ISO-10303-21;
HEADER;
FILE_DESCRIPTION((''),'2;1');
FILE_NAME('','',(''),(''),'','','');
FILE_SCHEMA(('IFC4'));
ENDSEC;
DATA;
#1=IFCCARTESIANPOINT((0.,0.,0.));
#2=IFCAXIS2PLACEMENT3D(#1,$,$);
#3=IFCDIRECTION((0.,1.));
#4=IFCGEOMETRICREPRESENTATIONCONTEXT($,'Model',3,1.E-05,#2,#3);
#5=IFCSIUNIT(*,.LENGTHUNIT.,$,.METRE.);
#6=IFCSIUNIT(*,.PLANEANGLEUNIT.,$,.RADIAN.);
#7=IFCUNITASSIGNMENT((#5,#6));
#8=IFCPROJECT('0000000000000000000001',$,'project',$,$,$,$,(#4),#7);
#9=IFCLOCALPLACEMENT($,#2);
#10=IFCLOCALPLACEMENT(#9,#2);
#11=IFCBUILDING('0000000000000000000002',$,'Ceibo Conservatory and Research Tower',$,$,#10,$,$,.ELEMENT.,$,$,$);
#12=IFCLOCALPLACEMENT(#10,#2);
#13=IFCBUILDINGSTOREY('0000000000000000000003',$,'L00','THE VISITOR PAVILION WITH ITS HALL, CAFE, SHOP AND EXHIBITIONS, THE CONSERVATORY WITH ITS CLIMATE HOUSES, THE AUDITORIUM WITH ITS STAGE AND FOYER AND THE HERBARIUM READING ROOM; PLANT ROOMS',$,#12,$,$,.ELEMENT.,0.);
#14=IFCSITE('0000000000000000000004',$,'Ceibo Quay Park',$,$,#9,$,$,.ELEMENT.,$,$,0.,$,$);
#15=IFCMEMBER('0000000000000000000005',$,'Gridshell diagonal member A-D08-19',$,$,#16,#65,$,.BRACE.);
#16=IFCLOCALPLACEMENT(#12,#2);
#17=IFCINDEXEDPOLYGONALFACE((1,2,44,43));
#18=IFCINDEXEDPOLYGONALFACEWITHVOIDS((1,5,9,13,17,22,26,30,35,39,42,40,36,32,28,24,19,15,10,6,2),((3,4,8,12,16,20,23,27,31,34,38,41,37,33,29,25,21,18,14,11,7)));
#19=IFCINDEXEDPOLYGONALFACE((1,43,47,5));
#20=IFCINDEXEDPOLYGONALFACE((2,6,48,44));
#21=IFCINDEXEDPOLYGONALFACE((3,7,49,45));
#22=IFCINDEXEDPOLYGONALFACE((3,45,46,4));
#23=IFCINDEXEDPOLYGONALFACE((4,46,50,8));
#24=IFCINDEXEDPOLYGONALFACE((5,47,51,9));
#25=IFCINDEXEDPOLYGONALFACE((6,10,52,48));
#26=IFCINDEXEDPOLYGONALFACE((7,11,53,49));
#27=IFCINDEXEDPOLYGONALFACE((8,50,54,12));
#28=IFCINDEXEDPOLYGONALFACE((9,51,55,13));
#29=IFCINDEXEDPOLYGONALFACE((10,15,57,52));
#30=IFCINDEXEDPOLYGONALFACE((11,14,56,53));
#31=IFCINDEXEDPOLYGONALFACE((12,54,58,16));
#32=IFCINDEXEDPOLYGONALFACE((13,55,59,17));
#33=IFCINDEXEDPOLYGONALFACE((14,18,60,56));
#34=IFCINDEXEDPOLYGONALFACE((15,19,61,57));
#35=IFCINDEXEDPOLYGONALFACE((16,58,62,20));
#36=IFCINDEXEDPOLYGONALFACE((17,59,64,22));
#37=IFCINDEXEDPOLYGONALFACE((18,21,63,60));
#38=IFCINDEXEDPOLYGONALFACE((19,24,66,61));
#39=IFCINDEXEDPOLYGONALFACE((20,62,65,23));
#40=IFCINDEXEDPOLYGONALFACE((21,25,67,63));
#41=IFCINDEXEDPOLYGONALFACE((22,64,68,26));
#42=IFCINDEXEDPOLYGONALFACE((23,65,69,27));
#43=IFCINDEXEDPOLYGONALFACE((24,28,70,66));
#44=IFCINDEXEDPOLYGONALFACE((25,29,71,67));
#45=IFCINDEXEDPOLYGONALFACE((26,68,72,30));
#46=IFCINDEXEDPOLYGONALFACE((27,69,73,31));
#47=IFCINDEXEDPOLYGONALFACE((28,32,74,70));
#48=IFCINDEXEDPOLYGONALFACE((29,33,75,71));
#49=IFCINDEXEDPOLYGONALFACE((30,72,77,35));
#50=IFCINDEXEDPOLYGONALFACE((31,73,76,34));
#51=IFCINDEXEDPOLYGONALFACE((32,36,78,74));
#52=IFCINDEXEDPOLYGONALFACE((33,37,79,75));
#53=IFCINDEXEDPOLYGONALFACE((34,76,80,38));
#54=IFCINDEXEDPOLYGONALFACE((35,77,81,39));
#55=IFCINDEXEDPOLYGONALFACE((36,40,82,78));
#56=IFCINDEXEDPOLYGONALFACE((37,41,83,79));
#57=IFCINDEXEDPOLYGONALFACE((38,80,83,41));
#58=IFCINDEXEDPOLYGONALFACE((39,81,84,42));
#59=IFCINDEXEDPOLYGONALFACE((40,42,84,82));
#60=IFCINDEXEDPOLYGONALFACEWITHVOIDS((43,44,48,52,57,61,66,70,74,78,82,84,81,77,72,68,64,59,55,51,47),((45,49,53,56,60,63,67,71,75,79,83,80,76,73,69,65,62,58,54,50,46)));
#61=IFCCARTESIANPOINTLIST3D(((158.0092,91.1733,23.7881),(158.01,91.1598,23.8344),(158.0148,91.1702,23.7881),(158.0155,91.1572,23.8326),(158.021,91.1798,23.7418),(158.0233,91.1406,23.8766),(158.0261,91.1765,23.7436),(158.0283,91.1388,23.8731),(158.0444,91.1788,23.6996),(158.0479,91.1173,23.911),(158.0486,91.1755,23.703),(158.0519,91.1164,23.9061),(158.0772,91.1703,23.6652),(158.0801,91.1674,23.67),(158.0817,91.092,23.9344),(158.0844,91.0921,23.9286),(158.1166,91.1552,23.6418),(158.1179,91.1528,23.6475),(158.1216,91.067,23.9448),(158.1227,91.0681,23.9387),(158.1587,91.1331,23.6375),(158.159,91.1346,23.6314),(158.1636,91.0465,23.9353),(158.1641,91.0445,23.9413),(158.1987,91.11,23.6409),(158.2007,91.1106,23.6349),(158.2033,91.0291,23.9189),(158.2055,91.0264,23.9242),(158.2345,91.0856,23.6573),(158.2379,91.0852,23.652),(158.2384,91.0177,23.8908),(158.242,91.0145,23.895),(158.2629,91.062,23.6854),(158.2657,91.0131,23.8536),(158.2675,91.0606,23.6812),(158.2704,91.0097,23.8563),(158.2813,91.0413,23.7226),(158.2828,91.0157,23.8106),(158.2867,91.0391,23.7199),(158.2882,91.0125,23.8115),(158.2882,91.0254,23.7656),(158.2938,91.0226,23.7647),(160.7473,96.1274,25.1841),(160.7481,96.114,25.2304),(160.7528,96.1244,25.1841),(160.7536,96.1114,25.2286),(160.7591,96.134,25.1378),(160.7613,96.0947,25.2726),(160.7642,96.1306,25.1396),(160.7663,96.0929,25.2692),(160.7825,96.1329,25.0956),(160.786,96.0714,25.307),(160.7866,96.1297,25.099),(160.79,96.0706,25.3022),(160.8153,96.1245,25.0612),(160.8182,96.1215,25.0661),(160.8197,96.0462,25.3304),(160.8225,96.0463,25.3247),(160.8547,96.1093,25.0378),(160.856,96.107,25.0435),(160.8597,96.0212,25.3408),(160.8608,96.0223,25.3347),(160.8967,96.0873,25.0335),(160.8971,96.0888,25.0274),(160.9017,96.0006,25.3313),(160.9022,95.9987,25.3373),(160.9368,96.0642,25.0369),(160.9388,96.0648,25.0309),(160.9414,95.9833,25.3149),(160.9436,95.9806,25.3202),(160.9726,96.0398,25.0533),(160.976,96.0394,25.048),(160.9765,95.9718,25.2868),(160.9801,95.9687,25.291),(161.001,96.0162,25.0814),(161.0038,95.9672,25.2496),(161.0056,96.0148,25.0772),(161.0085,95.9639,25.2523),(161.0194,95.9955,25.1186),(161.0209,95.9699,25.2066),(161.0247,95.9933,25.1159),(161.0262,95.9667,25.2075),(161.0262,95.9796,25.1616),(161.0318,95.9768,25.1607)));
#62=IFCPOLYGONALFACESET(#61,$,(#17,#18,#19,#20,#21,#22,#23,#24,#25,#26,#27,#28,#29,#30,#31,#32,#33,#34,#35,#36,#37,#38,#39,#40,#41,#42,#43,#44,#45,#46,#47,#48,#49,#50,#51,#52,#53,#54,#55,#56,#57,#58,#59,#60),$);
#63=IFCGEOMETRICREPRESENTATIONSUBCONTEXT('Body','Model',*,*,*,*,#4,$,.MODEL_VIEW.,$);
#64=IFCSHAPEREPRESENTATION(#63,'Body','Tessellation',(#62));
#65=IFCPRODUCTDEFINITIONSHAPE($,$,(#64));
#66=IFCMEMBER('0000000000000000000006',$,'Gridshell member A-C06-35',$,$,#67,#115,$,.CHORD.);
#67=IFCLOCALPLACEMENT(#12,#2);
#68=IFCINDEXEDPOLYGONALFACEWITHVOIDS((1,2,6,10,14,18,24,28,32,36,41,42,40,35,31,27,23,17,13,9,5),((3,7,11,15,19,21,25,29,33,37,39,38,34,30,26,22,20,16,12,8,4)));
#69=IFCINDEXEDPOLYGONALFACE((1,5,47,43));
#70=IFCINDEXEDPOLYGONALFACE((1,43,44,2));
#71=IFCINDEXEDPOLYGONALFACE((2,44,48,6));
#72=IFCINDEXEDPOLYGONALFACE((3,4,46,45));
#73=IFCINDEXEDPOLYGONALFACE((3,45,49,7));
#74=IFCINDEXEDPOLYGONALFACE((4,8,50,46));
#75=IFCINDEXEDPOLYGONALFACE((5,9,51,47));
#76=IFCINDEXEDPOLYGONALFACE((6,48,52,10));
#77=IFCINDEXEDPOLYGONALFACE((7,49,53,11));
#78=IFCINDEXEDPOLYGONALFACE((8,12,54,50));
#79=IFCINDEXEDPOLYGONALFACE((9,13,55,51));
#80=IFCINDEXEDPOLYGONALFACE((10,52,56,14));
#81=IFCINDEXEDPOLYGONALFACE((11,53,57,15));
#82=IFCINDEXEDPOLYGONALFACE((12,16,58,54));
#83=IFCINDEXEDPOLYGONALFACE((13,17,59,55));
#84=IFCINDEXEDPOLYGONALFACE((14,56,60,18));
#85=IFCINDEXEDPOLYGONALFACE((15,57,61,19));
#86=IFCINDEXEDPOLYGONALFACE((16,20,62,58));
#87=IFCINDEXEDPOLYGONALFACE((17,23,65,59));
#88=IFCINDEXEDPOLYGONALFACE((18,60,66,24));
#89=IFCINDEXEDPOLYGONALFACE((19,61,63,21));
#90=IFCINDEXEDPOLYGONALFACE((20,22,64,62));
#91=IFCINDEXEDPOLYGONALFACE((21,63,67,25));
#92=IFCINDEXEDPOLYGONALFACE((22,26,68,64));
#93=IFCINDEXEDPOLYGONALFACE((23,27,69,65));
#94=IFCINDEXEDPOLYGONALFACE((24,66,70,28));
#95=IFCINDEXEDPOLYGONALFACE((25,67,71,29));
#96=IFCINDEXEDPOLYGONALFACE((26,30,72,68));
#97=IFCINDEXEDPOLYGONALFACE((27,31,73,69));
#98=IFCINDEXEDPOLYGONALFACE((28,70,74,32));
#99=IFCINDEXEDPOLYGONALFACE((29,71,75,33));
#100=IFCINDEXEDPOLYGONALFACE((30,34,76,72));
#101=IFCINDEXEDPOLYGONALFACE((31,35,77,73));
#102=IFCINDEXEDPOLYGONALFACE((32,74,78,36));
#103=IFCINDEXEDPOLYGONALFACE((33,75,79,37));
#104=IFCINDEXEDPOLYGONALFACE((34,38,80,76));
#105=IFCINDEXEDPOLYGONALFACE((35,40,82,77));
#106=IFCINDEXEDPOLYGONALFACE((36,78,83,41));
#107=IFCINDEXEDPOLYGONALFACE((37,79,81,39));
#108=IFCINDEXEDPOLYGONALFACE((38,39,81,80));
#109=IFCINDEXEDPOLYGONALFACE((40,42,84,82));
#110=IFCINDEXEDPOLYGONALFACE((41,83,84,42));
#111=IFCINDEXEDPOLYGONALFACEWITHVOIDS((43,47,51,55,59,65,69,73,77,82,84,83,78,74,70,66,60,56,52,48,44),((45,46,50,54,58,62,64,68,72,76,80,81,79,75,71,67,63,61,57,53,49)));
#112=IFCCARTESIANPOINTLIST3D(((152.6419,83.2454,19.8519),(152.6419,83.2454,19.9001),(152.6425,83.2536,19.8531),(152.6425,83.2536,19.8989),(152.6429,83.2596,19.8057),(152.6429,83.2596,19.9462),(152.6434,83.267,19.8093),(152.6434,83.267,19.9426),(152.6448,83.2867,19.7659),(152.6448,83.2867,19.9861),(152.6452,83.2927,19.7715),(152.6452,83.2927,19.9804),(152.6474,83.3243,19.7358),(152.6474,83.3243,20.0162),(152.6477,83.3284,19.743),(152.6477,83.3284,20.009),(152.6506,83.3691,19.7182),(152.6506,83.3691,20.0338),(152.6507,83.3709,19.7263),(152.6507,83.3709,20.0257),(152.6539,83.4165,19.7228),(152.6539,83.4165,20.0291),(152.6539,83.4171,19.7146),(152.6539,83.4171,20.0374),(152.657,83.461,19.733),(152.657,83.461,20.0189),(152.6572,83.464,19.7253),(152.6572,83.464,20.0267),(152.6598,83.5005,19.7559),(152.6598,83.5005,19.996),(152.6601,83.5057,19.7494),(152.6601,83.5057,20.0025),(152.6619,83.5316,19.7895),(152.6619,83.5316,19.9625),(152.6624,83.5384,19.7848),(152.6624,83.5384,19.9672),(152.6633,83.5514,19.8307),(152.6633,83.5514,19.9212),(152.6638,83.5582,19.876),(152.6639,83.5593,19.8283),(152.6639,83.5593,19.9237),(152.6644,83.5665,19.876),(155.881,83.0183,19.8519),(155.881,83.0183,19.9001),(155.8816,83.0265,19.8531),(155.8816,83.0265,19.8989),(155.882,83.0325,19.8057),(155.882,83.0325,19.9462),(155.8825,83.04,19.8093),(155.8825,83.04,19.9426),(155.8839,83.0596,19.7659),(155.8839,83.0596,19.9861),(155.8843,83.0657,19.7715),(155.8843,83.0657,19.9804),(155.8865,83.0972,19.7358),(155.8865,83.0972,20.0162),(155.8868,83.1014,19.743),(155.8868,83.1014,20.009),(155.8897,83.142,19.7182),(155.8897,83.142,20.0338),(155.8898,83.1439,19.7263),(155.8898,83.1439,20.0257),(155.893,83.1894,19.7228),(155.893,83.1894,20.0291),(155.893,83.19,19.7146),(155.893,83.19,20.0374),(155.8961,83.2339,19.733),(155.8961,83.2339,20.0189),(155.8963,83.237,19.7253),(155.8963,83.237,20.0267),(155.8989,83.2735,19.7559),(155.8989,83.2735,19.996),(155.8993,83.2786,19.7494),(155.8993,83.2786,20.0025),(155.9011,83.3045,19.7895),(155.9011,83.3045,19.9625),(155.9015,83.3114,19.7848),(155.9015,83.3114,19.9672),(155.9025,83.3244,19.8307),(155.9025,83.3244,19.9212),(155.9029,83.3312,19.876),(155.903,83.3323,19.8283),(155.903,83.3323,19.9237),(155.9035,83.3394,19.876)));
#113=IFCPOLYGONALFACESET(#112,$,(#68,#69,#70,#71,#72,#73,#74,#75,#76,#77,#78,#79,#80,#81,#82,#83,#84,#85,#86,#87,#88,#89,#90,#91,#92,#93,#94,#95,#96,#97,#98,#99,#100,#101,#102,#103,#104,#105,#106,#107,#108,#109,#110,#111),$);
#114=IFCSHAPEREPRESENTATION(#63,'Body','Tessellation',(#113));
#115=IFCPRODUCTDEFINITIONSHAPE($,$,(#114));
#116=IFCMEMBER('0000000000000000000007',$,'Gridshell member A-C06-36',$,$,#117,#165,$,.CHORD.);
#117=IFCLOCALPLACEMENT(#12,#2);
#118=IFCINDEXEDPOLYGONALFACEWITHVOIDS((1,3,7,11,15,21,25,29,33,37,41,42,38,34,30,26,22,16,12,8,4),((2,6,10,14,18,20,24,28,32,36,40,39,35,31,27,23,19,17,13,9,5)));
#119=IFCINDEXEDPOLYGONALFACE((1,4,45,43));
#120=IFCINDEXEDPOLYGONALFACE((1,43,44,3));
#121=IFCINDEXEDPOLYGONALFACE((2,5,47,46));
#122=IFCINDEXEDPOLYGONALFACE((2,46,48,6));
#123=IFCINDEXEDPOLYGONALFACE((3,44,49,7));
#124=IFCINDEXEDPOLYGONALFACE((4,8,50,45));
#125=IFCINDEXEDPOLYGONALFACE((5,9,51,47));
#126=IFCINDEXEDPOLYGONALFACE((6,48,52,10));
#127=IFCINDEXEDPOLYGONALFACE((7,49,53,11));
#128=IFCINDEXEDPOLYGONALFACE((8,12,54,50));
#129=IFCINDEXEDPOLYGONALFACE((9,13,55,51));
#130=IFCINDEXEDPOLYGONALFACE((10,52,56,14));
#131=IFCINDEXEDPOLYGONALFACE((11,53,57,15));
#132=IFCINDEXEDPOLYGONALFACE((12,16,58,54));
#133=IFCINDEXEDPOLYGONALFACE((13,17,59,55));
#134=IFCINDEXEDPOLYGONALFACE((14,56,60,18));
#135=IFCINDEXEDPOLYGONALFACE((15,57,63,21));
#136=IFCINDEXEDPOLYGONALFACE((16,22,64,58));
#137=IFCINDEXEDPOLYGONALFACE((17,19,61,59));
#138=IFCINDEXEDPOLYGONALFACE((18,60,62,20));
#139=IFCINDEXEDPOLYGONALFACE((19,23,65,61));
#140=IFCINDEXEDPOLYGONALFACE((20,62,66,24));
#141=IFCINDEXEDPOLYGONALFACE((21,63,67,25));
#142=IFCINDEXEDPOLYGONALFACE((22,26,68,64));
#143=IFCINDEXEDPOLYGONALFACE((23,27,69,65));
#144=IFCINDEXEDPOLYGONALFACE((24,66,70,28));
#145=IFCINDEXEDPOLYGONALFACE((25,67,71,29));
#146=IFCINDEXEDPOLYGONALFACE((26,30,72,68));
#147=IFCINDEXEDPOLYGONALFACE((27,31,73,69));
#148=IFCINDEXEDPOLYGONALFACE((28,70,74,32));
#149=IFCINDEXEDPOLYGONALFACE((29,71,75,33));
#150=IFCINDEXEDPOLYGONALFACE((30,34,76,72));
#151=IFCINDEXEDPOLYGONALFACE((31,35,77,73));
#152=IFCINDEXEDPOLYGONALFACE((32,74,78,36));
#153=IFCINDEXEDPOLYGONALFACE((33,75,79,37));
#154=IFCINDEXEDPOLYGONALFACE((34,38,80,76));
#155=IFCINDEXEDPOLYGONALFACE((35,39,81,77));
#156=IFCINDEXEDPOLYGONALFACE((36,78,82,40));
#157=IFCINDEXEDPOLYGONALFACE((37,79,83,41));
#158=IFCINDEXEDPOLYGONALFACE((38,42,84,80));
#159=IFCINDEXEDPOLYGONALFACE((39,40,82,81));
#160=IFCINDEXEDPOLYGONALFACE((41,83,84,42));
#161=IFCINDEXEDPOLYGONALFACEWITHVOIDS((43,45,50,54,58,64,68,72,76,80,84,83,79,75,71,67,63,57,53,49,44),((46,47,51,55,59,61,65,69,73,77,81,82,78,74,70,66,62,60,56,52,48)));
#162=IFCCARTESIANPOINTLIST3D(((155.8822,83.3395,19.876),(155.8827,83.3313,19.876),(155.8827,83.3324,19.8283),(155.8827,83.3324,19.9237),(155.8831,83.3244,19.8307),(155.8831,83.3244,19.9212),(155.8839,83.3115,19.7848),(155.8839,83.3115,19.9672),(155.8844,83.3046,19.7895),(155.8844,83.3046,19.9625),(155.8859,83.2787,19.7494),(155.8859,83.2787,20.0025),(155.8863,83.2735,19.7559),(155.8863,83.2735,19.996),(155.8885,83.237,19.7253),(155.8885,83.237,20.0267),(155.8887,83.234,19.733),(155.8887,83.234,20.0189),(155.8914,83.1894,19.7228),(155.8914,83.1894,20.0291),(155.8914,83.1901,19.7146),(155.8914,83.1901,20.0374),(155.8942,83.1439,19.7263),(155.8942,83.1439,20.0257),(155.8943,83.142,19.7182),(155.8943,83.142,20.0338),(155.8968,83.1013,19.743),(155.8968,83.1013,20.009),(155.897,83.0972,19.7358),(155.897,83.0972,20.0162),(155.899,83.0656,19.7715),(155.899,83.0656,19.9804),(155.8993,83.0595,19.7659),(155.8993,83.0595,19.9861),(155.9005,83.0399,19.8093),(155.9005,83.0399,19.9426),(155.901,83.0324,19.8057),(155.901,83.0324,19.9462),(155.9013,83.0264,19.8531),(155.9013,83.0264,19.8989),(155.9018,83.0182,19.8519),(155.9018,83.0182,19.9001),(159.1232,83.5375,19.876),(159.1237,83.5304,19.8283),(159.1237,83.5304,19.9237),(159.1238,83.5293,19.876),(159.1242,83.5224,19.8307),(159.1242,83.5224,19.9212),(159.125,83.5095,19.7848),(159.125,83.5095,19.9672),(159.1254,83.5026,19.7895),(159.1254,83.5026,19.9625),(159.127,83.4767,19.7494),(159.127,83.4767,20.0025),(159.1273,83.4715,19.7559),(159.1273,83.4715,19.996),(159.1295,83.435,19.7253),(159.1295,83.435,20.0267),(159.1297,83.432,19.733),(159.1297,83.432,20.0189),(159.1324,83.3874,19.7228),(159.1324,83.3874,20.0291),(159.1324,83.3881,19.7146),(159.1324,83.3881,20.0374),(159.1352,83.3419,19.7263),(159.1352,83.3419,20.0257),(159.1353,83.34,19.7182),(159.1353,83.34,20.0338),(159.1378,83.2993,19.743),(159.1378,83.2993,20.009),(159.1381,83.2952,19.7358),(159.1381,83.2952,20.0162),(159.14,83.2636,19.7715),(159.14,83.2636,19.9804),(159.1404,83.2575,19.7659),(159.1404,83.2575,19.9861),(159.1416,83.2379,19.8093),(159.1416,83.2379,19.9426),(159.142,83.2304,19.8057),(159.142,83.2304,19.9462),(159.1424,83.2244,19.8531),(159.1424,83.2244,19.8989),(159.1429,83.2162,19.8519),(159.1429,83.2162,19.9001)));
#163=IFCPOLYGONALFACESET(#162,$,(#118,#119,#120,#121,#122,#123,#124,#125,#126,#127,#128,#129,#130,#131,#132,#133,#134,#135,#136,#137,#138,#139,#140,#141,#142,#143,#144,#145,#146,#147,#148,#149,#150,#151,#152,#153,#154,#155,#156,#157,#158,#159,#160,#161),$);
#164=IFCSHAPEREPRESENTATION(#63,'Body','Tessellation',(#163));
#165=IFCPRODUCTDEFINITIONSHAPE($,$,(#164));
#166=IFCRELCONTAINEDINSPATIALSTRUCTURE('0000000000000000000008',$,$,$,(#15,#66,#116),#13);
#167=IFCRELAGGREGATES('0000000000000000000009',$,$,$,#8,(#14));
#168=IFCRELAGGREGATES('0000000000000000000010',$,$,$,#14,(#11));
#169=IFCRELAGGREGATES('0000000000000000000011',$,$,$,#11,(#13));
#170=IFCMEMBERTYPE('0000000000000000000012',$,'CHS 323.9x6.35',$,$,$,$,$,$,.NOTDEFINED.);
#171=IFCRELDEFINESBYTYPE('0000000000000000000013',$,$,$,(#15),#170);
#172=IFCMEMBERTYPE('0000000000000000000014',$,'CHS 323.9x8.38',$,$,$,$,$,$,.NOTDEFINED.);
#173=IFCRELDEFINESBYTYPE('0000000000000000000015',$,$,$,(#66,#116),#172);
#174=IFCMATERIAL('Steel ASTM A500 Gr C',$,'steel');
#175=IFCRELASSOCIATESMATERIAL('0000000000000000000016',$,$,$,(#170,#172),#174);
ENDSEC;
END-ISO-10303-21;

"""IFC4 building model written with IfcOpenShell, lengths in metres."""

from ifc_helpers import new_model, si_unit, direction, frame, origin, origin_2d, place, context, subcontext, project, spatial, hollow_circle, extrude, material, material_profile, profile_set, type_object, element, save


model = new_model("IFC4")

# Units and contexts
model_context = context("Model", 3, precision=1e-05, world=origin(), true_north=direction((0.0, 1.0)))
body_context = subcontext(model_context, "Body", "Model", "MODEL_VIEW")
ifc_project = project(units=[si_unit("LENGTHUNIT", "METRE"), si_unit("PLANEANGLEUNIT", "RADIAN")], contexts=[model_context])

# Site, building, storey
site_placement = place(None, origin())
site = spatial("IfcSite", under=ifc_project, at=site_placement, Name="Ceibo Quay Park", CompositionType="ELEMENT", RefElevation=0.0)
building_placement = place(site_placement, origin())
building = spatial("IfcBuilding", under=site, at=building_placement, Name="Ceibo Conservatory and Research Tower", CompositionType="ELEMENT")
storey_placement = place(building_placement, origin())
storey = spatial("IfcBuildingStorey", under=building, at=storey_placement, Name="L00", Description="THE VISITOR PAVILION WITH ITS HALL, CAFE, SHOP AND EXHIBITIONS, THE CONSERVATORY WITH ITS CLIMATE HOUSES, THE AUDITORIUM WITH ITS STAGE AND FOYER AND THE HERBARIUM READING ROOM; PLANT ROOMS", CompositionType="ELEMENT", Elevation=0.0)

# Members
ifc_material_1 = material(Name="Steel ASTM A500 Gr C", Category="steel")
ifc_material_profile_1 = material_profile(ifc_material_1, hollow_circle(Radius=0.1619, WallThickness=0.0063, at=origin_2d()), Name="CHS 323.9x6.35")
ifc_profile_set_1 = profile_set([ifc_material_profile_1], Name="Steel ASTM A500 Gr C")
member_type_1 = type_object("IfcMemberType", Name="CHS 323.9x6.35", PredefinedType="NOTDEFINED", material=ifc_profile_set_1)
member_1_placement = place(storey_placement, frame((158.1509, 91.095, 23.7881), z_axis=(0.469647, 0.849762, 0.239451), x_axis=(-0.875223, 0.483719, 0.0)))
element("IfcMember", 1, at=member_1_placement, inside=storey, type_object=member_type_1, Name="Gridshell diagonal member A-D08-19", PredefinedType="BRACE", context=body_context, shape_type="SweptSolid", body=[
    extrude(hollow_circle(Radius=0.1619, WallThickness=0.0063, at=origin_2d()), origin(), (0.0, 0.0, 1.0), 5.8301),
])
ifc_material_profile_2 = material_profile(ifc_material_1, hollow_circle(Radius=0.1619, WallThickness=0.0083, at=origin_2d()), Name="CHS 323.9x8.38")
ifc_profile_set_2 = profile_set([ifc_material_profile_2], Name="Steel ASTM A500 Gr C")
member_type_2 = type_object("IfcMemberType", Name="CHS 323.9x8.38", PredefinedType="NOTDEFINED", material=ifc_profile_set_2)
for number, where, z_axis, x_axis, name in (
    (2, (152.6531, 83.405, 19.876), (0.997552, -0.069927, 0.0), (0.069927, 0.997552, 0.0), "Gridshell member A-C06-35"),
    (3, (155.8921, 83.178, 19.876), (0.998139, 0.060979, 0.0), (-0.060979, 0.998139, 0.0), "Gridshell member A-C06-36"),
):
    element("IfcMember", number, at=place(storey_placement, frame(where, z_axis=z_axis, x_axis=x_axis)), inside=storey, type_object=member_type_2, Name=name, PredefinedType="CHORD", context=body_context, shape_type="SweptSolid", body=[
        extrude(hollow_circle(Radius=0.1619, WallThickness=0.0083, at=origin_2d()), origin(), (0.0, 0.0, 1.0), 3.2471),
    ])

save(model, "model.ifc")
